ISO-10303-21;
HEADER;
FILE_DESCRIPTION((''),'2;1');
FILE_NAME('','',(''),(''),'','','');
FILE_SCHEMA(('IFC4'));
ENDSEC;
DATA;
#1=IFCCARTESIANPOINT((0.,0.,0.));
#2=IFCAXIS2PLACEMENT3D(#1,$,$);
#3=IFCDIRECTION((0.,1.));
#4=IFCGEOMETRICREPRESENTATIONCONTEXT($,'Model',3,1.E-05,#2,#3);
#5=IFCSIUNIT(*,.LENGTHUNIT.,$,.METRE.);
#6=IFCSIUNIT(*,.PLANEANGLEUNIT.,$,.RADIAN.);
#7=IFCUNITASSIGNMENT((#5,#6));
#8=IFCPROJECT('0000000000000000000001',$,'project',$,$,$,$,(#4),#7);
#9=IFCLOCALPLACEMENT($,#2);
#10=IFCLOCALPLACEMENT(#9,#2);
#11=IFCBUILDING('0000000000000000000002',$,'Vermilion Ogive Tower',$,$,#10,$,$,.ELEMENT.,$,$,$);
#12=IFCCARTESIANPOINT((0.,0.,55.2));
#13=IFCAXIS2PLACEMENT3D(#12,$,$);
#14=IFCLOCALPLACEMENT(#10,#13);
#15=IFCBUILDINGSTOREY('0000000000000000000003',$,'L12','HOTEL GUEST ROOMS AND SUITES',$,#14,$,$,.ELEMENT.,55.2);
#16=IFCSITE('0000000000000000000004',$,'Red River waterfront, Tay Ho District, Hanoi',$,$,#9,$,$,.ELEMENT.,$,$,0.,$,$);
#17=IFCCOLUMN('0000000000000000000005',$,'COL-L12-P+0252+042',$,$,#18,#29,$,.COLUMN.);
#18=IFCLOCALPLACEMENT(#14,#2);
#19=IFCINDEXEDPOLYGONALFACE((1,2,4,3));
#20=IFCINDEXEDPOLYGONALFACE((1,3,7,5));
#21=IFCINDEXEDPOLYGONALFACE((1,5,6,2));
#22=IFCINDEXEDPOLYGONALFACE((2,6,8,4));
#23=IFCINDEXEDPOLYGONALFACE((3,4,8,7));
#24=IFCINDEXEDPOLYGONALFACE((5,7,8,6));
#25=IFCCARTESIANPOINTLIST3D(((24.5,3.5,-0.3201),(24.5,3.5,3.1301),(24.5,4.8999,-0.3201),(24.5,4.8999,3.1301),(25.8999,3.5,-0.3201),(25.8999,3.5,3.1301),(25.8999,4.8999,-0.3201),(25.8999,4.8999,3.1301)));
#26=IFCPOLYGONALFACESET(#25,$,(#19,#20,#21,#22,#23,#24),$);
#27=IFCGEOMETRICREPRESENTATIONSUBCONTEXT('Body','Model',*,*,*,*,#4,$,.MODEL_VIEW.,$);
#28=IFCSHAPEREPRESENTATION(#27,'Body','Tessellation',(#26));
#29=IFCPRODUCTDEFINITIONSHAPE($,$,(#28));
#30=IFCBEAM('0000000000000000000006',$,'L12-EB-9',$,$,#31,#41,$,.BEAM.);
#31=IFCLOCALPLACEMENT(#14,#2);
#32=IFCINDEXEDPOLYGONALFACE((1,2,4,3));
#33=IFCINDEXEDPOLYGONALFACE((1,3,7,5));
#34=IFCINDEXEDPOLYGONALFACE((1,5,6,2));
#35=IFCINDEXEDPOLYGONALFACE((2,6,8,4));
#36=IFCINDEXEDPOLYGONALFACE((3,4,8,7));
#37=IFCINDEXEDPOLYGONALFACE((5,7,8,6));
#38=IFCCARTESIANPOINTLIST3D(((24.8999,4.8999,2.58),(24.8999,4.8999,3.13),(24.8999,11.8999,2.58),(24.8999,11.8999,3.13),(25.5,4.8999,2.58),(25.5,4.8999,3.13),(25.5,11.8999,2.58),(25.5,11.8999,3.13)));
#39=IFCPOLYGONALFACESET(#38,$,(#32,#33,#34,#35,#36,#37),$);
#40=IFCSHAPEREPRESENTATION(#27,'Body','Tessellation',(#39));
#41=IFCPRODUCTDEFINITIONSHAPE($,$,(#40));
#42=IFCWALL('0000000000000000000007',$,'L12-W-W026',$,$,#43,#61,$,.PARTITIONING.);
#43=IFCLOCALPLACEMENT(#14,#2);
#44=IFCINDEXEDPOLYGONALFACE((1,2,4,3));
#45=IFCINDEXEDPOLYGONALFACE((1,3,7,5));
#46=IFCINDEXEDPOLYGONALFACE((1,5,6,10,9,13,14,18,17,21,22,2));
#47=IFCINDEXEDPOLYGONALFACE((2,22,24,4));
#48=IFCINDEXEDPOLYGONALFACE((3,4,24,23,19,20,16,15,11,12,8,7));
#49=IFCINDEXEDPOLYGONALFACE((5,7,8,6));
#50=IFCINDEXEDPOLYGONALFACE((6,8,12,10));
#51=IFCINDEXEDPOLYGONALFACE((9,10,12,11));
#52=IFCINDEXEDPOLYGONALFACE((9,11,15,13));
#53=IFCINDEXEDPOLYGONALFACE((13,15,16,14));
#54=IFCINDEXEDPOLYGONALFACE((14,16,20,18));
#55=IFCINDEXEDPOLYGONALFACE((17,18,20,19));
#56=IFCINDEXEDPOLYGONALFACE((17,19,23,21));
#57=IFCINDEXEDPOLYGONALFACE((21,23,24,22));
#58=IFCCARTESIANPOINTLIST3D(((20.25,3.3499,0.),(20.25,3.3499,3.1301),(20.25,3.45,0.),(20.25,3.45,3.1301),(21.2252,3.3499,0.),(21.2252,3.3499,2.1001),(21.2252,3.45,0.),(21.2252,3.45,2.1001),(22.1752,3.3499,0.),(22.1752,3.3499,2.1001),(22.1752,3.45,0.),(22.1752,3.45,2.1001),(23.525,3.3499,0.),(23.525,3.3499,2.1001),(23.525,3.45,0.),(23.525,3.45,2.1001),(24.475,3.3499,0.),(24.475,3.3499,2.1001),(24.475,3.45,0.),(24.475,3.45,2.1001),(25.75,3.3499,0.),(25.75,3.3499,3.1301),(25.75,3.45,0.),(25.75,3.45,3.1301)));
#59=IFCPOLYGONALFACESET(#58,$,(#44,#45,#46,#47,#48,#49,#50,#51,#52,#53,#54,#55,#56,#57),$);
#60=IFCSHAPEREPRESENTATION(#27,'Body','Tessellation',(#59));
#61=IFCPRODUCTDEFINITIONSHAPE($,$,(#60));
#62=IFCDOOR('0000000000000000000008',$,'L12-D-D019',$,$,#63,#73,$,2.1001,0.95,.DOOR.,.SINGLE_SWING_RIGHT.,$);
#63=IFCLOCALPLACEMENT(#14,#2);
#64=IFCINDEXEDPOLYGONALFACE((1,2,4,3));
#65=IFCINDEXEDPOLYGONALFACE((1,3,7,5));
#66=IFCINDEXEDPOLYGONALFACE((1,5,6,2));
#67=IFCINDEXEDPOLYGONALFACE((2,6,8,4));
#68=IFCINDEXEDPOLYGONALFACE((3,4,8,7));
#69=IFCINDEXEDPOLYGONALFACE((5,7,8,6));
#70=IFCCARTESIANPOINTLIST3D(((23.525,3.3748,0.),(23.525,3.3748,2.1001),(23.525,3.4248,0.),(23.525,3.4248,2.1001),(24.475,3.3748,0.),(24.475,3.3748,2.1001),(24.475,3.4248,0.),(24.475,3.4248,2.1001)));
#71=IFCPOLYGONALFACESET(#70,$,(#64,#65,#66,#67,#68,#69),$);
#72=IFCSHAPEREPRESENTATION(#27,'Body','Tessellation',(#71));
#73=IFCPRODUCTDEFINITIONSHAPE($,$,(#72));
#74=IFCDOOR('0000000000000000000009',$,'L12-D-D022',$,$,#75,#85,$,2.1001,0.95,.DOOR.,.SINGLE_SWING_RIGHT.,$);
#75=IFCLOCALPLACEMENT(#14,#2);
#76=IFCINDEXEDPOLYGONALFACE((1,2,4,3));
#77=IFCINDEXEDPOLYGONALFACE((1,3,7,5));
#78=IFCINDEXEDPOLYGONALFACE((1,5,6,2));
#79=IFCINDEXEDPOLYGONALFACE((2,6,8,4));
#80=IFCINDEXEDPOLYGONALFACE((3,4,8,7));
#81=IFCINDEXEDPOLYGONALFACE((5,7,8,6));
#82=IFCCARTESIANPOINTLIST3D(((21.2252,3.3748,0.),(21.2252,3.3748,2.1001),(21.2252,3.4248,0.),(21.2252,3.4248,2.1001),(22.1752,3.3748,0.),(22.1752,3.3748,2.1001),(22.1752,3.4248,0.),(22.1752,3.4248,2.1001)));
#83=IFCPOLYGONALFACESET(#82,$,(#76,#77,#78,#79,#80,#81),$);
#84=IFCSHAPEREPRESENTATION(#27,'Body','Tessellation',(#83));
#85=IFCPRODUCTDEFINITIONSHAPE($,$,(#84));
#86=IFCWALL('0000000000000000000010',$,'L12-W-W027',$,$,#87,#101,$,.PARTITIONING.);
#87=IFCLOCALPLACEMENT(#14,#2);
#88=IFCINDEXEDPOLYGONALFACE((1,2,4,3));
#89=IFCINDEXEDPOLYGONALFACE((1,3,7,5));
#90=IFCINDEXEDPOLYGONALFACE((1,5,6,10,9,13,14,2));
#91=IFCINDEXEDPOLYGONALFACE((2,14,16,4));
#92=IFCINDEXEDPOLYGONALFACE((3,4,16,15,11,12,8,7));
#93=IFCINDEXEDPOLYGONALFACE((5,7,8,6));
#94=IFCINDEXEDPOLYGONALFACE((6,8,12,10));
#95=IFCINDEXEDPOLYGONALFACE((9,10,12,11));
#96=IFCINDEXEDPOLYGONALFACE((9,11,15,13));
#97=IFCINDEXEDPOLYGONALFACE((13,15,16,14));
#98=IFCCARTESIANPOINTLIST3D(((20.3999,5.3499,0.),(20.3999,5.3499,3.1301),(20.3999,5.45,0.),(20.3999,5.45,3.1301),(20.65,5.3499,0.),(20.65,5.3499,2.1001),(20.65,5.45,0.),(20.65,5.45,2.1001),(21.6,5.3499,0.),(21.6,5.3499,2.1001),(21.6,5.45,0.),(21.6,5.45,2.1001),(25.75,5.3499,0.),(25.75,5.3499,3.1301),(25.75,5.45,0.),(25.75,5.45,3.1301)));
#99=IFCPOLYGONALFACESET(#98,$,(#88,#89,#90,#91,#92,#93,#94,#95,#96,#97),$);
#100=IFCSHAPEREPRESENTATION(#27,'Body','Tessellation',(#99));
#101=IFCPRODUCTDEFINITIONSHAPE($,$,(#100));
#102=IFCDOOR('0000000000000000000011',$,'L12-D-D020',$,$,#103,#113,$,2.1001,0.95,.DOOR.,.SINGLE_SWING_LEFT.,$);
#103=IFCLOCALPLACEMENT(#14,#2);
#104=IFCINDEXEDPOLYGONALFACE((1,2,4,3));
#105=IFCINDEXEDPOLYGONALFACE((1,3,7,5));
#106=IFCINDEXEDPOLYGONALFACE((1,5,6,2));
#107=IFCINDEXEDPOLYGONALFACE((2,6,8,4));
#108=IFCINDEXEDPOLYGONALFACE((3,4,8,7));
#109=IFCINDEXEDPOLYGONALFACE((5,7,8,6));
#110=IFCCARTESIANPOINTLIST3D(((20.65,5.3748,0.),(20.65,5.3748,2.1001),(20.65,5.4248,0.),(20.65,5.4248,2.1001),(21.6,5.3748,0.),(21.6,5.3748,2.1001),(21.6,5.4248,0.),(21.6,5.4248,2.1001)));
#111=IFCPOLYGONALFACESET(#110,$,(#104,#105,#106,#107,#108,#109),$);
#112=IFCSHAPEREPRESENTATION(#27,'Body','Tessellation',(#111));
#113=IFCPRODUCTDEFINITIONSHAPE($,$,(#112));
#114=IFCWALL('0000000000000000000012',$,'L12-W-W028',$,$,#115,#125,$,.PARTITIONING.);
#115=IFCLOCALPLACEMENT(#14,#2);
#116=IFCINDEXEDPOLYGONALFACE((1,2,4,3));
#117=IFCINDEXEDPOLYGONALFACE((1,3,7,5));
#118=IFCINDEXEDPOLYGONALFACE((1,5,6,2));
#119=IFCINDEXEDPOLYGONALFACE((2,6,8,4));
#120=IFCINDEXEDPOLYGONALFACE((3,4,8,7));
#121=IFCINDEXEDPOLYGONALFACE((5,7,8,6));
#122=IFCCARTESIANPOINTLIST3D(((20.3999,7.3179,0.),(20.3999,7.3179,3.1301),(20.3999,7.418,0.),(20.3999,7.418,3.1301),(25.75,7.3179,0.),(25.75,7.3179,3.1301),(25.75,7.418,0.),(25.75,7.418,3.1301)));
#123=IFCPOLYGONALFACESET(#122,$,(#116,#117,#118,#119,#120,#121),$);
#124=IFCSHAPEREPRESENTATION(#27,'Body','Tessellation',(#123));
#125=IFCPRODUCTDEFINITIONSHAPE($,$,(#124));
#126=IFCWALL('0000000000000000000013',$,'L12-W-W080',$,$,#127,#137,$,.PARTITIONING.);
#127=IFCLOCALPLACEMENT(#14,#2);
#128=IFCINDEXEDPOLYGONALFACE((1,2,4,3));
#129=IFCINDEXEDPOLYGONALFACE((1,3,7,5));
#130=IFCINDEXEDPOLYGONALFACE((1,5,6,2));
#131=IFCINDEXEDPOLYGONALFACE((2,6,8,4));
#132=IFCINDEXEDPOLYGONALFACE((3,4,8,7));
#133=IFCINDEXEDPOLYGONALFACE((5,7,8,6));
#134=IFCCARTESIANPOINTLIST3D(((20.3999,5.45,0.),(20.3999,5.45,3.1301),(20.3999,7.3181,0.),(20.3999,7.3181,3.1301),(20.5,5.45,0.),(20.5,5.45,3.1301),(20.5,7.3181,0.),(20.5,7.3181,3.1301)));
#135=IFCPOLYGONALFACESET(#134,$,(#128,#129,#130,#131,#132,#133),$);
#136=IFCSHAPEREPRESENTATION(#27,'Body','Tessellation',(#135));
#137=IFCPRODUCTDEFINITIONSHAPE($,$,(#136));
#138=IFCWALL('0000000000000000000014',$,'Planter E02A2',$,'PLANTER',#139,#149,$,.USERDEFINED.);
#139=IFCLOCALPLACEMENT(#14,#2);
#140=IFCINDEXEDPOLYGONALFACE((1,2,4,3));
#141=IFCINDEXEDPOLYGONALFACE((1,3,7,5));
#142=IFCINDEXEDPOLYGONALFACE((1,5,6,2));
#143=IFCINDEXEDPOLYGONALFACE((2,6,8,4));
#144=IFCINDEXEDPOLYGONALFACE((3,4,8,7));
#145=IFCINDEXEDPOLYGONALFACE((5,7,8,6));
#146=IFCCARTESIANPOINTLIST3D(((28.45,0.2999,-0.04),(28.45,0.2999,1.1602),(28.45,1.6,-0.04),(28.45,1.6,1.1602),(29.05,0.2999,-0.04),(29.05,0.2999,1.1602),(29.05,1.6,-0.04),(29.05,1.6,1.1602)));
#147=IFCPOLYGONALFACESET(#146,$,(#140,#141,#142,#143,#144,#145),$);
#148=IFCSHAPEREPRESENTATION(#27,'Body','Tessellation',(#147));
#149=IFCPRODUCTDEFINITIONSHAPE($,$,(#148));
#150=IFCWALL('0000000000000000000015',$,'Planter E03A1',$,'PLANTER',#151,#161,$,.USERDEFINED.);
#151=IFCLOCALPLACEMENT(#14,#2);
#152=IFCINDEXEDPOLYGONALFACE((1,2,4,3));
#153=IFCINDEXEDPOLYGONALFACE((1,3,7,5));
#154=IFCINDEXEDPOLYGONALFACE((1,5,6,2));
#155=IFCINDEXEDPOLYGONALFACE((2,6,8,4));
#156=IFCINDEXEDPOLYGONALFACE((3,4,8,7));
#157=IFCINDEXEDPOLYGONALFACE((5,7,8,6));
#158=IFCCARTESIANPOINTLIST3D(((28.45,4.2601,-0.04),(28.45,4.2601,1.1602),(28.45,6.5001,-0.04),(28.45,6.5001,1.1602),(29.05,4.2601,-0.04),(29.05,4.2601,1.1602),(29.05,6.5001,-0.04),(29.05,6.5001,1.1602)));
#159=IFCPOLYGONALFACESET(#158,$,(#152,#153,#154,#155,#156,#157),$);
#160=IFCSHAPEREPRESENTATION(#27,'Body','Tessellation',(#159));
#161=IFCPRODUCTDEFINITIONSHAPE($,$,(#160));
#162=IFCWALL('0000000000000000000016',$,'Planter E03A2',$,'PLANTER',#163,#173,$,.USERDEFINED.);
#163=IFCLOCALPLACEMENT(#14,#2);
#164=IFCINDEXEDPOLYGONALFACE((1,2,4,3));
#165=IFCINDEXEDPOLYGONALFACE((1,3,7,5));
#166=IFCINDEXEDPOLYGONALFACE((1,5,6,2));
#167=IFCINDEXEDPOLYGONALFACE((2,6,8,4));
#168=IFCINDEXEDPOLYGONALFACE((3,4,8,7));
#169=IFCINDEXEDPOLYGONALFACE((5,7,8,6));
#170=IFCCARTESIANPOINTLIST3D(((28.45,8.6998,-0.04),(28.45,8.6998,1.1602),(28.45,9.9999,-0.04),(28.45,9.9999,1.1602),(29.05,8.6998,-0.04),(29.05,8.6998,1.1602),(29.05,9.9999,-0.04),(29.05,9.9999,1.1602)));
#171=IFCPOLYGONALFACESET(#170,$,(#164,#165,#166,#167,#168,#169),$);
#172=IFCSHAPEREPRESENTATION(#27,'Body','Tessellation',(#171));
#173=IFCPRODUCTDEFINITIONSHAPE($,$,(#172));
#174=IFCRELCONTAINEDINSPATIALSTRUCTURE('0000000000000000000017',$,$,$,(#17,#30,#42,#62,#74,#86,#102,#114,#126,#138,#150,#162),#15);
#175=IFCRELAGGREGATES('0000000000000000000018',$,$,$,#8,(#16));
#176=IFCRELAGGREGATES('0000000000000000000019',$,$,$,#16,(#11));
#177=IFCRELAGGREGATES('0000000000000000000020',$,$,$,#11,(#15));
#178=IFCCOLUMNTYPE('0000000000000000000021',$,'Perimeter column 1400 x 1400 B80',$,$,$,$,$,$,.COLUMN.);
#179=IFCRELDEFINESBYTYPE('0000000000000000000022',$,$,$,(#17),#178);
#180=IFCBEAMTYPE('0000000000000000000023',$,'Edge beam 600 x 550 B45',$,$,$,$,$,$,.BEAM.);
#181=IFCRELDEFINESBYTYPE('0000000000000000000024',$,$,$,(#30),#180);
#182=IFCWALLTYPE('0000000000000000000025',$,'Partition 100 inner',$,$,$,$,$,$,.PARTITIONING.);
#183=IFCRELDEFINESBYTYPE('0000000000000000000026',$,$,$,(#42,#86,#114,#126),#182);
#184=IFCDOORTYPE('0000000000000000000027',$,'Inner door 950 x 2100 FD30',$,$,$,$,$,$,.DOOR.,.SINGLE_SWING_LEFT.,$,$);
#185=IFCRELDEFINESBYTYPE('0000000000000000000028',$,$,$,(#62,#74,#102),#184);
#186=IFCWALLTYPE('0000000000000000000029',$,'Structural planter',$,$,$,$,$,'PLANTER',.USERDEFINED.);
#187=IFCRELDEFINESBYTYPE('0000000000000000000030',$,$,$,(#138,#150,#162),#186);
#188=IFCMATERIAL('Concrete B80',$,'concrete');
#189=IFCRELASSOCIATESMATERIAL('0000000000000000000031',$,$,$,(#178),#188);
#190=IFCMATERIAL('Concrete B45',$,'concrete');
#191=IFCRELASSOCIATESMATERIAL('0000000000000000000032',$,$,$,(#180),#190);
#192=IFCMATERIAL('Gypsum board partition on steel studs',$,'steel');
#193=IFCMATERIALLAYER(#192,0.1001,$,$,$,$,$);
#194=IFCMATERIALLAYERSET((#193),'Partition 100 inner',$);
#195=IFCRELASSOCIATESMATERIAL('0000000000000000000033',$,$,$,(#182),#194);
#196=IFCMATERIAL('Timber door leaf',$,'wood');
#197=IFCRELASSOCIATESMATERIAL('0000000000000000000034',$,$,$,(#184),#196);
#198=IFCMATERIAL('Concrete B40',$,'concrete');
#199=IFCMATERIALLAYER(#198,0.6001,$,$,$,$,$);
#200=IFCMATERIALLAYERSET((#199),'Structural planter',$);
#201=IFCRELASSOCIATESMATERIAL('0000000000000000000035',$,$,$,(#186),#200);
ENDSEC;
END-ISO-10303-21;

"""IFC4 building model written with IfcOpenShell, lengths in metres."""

from ifc_helpers import new_model, si_unit, direction, frame, frame_2d, origin, origin_2d, place, context, subcontext, project, spatial, rectangle, extrude, material, layer, layer_set, material_profile, profile_set, type_object, element, fill, save


model = new_model("IFC4")

# Units and contexts
model_context = context("Model", 3, precision=1e-05, world=origin(), true_north=direction((0.0, 1.0)))
body_context = subcontext(model_context, "Body", "Model", "MODEL_VIEW")
ifc_project = project(units=[si_unit("LENGTHUNIT", "METRE"), si_unit("PLANEANGLEUNIT", "RADIAN")], contexts=[model_context])

# Site, building, storey
site_placement = place(None, origin())
site = spatial("IfcSite", under=ifc_project, at=site_placement, Name="Red River waterfront, Tay Ho District, Hanoi", CompositionType="ELEMENT", RefElevation=0.0)
building_placement = place(site_placement, origin())
building = spatial("IfcBuilding", under=site, at=building_placement, Name="Vermilion Ogive Tower", CompositionType="ELEMENT")
storey_placement = place(building_placement, frame((0.0, 0.0, 55.2)))
storey = spatial("IfcBuildingStorey", under=building, at=storey_placement, Name="L12", Description="HOTEL GUEST ROOMS AND SUITES", CompositionType="ELEMENT", Elevation=55.2)

# Column
ifc_material_1 = material(Name="Concrete B80", Category="concrete")
ifc_material_profile_1 = material_profile(ifc_material_1, rectangle(XDim=1.3999, YDim=1.3999, at=origin_2d()), Name="1400 x 1400")
ifc_profile_set_1 = profile_set([ifc_material_profile_1], Name="Concrete B80")
column_type = type_object("IfcColumnType", Name="Perimeter column 1400 x 1400 B80", PredefinedType="COLUMN", material=ifc_profile_set_1)
column_placement = place(storey_placement, frame((25.2, 4.2, -0.3201), z_axis=(0.0, 0.0, 1.0), x_axis=(1.0, 0.0, 0.0)))
element("IfcColumn", 1, at=column_placement, inside=storey, type_object=column_type, Name="COL-L12-P+0252+042", PredefinedType="COLUMN", context=body_context, shape_type="SweptSolid", body=[
    extrude(rectangle(XDim=1.3999, YDim=1.3999, at=origin_2d()), origin(), (0.0, 0.0, 1.0), 3.4502),
])

# Beam
ifc_material_2 = material(Name="Concrete B45", Category="concrete")
ifc_material_profile_2 = material_profile(ifc_material_2, rectangle(XDim=0.6001, YDim=0.55, at=origin_2d()), Name="600 x 550")
ifc_profile_set_2 = profile_set([ifc_material_profile_2], Name="Concrete B45")
beam_type = type_object("IfcBeamType", Name="Edge beam 600 x 550 B45", PredefinedType="BEAM", material=ifc_profile_set_2)
beam_placement = place(storey_placement, frame((25.2, 4.8999, 2.855), z_axis=(0.0, 1.0, 0.0), x_axis=(-1.0, 0.0, 0.0)))
element("IfcBeam", 2, at=beam_placement, inside=storey, type_object=beam_type, Name="L12-EB-9", PredefinedType="BEAM", context=body_context, shape_type="SweptSolid", body=[
    extrude(rectangle(XDim=0.6001, YDim=0.55, at=origin_2d()), origin(), (0.0, 0.0, 1.0), 7.0),
])

# Wall, openings, doors
ifc_material_3 = material(Name="Gypsum board partition on steel studs", Category="steel")
ifc_layer_1 = layer(ifc_material_3, 0.1001)
ifc_layer_set_1 = layer_set([ifc_layer_1], Name="Partition 100 inner")
wall_type_1 = type_object("IfcWallType", Name="Partition 100 inner", PredefinedType="PARTITIONING", material=ifc_layer_set_1)
wall_1_placement = place(storey_placement, frame((20.25, 3.3999, 0.0), z_axis=(0.0, 0.0, 1.0), x_axis=(1.0, 0.0, 0.0)))
wall_1 = element("IfcWall", 3, at=wall_1_placement, inside=storey, type_object=wall_type_1, Name="L12-W-W026", PredefinedType="PARTITIONING", context=body_context, shape_type="SweptSolid", body=[
    extrude(rectangle(XDim=5.5, YDim=0.1001, at=frame_2d((2.75, 0.0))), origin(), (0.0, 0.0, 1.0), 3.1301),
])
opening_1_placement = place(wall_1_placement, frame((3.2749, 0.0, 0.0)))
opening_1 = element("IfcOpeningElement", 4, at=opening_1_placement, cuts=wall_1, PredefinedType="OPENING", context=body_context, shape_type="SweptSolid", body=[
    extrude(rectangle(XDim=0.95, YDim=2.1001, at=frame_2d((0.4751, 1.05))), frame((0.0, 0.0601, 0.0), z_axis=(0.0, -1.0, 0.0), x_axis=(1.0, 0.0, 0.0)), (0.0, 0.0, 1.0), 0.1201),
])
opening_2_placement = place(wall_1_placement, frame((0.9751, 0.0, 0.0)))
opening_2 = element("IfcOpeningElement", 5, at=opening_2_placement, cuts=wall_1, PredefinedType="OPENING", context=body_context, shape_type="SweptSolid", body=[
    extrude(rectangle(XDim=0.95, YDim=2.1001, at=frame_2d((0.4751, 1.05))), frame((0.0, 0.0601, 0.0), z_axis=(0.0, -1.0, 0.0), x_axis=(1.0, 0.0, 0.0)), (0.0, 0.0, 1.0), 0.1201),
])
ifc_material_4 = material(Name="Timber door leaf", Category="wood")
door_type_1 = type_object("IfcDoorType", Name="Inner door 950 x 2100 FD30", OperationType="SINGLE_SWING_LEFT", PredefinedType="DOOR", material=ifc_material_4)
door_1_placement = place(opening_1_placement, origin())
door_1 = element("IfcDoor", 6, at=door_1_placement, inside=storey, type_object=door_type_1, Name="L12-D-D019", OperationType="SINGLE_SWING_RIGHT", OverallHeight=2.1001, OverallWidth=0.95, PredefinedType="DOOR", context=body_context, shape_type="SweptSolid", body=[
    extrude(rectangle(XDim=0.95, YDim=2.1001, at=frame_2d((0.4751, 1.05))), frame((0.0, 0.0249, 0.0), z_axis=(0.0, -1.0, 0.0), x_axis=(1.0, 0.0, 0.0)), (0.0, 0.0, 1.0), 0.05),
])
fill(opening_1, door_1)
door_2_placement = place(opening_2_placement, origin())
door_2 = element("IfcDoor", 7, at=door_2_placement, inside=storey, type_object=door_type_1, Name="L12-D-D022", OperationType="SINGLE_SWING_RIGHT", OverallHeight=2.1001, OverallWidth=0.95, PredefinedType="DOOR", context=body_context, shape_type="SweptSolid", body=[
    extrude(rectangle(XDim=0.95, YDim=2.1001, at=frame_2d((0.4751, 1.05))), frame((0.0, 0.0249, 0.0), z_axis=(0.0, -1.0, 0.0), x_axis=(1.0, 0.0, 0.0)), (0.0, 0.0, 1.0), 0.05),
])
fill(opening_2, door_2)

# Wall, opening, door
wall_2_placement = place(storey_placement, frame((20.3999, 5.3999, 0.0), z_axis=(0.0, 0.0, 1.0), x_axis=(1.0, 0.0, 0.0)))
wall_2 = element("IfcWall", 8, at=wall_2_placement, inside=storey, type_object=wall_type_1, Name="L12-W-W027", PredefinedType="PARTITIONING", context=body_context, shape_type="SweptSolid", body=[
    extrude(rectangle(XDim=5.3501, YDim=0.1001, at=frame_2d((2.675, 0.0))), origin(), (0.0, 0.0, 1.0), 3.1301),
])
opening_3_placement = place(wall_2_placement, frame((0.25, 0.0, 0.0)))
opening_3 = element("IfcOpeningElement", 9, at=opening_3_placement, cuts=wall_2, PredefinedType="OPENING", context=body_context, shape_type="SweptSolid", body=[
    extrude(rectangle(XDim=0.95, YDim=2.1001, at=frame_2d((0.4751, 1.05))), frame((0.0, 0.0601, 0.0), z_axis=(0.0, -1.0, 0.0), x_axis=(1.0, 0.0, 0.0)), (0.0, 0.0, 1.0), 0.1201),
])
door_3_placement = place(opening_3_placement, origin())
door_3 = element("IfcDoor", 10, at=door_3_placement, inside=storey, type_object=door_type_1, Name="L12-D-D020", OperationType="SINGLE_SWING_LEFT", OverallHeight=2.1001, OverallWidth=0.95, PredefinedType="DOOR", context=body_context, shape_type="SweptSolid", body=[
    extrude(rectangle(XDim=0.95, YDim=2.1001, at=frame_2d((0.4751, 1.05))), frame((0.0, 0.0249, 0.0), z_axis=(0.0, -1.0, 0.0), x_axis=(1.0, 0.0, 0.0)), (0.0, 0.0, 1.0), 0.05),
])
fill(opening_3, door_3)

# Walls
wall_3_placement = place(storey_placement, frame((20.3999, 7.3679, 0.0), z_axis=(0.0, 0.0, 1.0), x_axis=(1.0, 0.0, 0.0)))
element("IfcWall", 11, at=wall_3_placement, inside=storey, type_object=wall_type_1, Name="L12-W-W028", PredefinedType="PARTITIONING", context=body_context, shape_type="SweptSolid", body=[
    extrude(rectangle(XDim=5.3501, YDim=0.1001, at=frame_2d((2.675, 0.0))), origin(), (0.0, 0.0, 1.0), 3.1301),
])
wall_4_placement = place(storey_placement, frame((20.45, 5.45, 0.0), z_axis=(0.0, 0.0, 1.0), x_axis=(0.0, 1.0, 0.0)))
element("IfcWall", 12, at=wall_4_placement, inside=storey, type_object=wall_type_1, Name="L12-W-W080", PredefinedType="PARTITIONING", context=body_context, shape_type="SweptSolid", body=[
    extrude(rectangle(XDim=1.8682, YDim=0.1001, at=frame_2d((0.9341, 0.0))), origin(), (0.0, 0.0, 1.0), 3.1301),
])
ifc_material_5 = material(Name="Concrete B40", Category="concrete")
ifc_layer_2 = layer(ifc_material_5, 0.6001)
ifc_layer_set_2 = layer_set([ifc_layer_2], Name="Structural planter")
wall_type_2 = type_object("IfcWallType", Name="Structural planter", ElementType="PLANTER", PredefinedType="USERDEFINED", material=ifc_layer_set_2)
wall_5_placement = place(storey_placement, frame((28.75, 0.3, -0.04), z_axis=(0.0, 0.0, 1.0), x_axis=(0.0, 1.0, 0.0)))
element("IfcWall", 13, at=wall_5_placement, inside=storey, type_object=wall_type_2, Name="Planter E02A2", ObjectType="PLANTER", PredefinedType="USERDEFINED", context=body_context, shape_type="SweptSolid", body=[
    extrude(rectangle(XDim=1.3, YDim=0.6001, at=frame_2d((0.6499, 0.0))), origin(), (0.0, 0.0, 1.0), 1.2002),
])
wall_6_placement = place(storey_placement, frame((28.75, 4.26, -0.04), z_axis=(0.0, 0.0, 1.0), x_axis=(0.0, 1.0, 0.0)))
element("IfcWall", 14, at=wall_6_placement, inside=storey, type_object=wall_type_2, Name="Planter E03A1", ObjectType="PLANTER", PredefinedType="USERDEFINED", context=body_context, shape_type="SweptSolid", body=[
    extrude(rectangle(XDim=2.24, YDim=0.6001, at=frame_2d((1.1201, 0.0))), origin(), (0.0, 0.0, 1.0), 1.2002),
])
wall_7_placement = place(storey_placement, frame((28.75, 8.7, -0.04), z_axis=(0.0, 0.0, 1.0), x_axis=(0.0, 1.0, 0.0)))
element("IfcWall", 15, at=wall_7_placement, inside=storey, type_object=wall_type_2, Name="Planter E03A2", ObjectType="PLANTER", PredefinedType="USERDEFINED", context=body_context, shape_type="SweptSolid", body=[
    extrude(rectangle(XDim=1.3, YDim=0.6001, at=frame_2d((0.6499, 0.0))), origin(), (0.0, 0.0, 1.0), 1.2002),
])

save(model, "model.ifc")
